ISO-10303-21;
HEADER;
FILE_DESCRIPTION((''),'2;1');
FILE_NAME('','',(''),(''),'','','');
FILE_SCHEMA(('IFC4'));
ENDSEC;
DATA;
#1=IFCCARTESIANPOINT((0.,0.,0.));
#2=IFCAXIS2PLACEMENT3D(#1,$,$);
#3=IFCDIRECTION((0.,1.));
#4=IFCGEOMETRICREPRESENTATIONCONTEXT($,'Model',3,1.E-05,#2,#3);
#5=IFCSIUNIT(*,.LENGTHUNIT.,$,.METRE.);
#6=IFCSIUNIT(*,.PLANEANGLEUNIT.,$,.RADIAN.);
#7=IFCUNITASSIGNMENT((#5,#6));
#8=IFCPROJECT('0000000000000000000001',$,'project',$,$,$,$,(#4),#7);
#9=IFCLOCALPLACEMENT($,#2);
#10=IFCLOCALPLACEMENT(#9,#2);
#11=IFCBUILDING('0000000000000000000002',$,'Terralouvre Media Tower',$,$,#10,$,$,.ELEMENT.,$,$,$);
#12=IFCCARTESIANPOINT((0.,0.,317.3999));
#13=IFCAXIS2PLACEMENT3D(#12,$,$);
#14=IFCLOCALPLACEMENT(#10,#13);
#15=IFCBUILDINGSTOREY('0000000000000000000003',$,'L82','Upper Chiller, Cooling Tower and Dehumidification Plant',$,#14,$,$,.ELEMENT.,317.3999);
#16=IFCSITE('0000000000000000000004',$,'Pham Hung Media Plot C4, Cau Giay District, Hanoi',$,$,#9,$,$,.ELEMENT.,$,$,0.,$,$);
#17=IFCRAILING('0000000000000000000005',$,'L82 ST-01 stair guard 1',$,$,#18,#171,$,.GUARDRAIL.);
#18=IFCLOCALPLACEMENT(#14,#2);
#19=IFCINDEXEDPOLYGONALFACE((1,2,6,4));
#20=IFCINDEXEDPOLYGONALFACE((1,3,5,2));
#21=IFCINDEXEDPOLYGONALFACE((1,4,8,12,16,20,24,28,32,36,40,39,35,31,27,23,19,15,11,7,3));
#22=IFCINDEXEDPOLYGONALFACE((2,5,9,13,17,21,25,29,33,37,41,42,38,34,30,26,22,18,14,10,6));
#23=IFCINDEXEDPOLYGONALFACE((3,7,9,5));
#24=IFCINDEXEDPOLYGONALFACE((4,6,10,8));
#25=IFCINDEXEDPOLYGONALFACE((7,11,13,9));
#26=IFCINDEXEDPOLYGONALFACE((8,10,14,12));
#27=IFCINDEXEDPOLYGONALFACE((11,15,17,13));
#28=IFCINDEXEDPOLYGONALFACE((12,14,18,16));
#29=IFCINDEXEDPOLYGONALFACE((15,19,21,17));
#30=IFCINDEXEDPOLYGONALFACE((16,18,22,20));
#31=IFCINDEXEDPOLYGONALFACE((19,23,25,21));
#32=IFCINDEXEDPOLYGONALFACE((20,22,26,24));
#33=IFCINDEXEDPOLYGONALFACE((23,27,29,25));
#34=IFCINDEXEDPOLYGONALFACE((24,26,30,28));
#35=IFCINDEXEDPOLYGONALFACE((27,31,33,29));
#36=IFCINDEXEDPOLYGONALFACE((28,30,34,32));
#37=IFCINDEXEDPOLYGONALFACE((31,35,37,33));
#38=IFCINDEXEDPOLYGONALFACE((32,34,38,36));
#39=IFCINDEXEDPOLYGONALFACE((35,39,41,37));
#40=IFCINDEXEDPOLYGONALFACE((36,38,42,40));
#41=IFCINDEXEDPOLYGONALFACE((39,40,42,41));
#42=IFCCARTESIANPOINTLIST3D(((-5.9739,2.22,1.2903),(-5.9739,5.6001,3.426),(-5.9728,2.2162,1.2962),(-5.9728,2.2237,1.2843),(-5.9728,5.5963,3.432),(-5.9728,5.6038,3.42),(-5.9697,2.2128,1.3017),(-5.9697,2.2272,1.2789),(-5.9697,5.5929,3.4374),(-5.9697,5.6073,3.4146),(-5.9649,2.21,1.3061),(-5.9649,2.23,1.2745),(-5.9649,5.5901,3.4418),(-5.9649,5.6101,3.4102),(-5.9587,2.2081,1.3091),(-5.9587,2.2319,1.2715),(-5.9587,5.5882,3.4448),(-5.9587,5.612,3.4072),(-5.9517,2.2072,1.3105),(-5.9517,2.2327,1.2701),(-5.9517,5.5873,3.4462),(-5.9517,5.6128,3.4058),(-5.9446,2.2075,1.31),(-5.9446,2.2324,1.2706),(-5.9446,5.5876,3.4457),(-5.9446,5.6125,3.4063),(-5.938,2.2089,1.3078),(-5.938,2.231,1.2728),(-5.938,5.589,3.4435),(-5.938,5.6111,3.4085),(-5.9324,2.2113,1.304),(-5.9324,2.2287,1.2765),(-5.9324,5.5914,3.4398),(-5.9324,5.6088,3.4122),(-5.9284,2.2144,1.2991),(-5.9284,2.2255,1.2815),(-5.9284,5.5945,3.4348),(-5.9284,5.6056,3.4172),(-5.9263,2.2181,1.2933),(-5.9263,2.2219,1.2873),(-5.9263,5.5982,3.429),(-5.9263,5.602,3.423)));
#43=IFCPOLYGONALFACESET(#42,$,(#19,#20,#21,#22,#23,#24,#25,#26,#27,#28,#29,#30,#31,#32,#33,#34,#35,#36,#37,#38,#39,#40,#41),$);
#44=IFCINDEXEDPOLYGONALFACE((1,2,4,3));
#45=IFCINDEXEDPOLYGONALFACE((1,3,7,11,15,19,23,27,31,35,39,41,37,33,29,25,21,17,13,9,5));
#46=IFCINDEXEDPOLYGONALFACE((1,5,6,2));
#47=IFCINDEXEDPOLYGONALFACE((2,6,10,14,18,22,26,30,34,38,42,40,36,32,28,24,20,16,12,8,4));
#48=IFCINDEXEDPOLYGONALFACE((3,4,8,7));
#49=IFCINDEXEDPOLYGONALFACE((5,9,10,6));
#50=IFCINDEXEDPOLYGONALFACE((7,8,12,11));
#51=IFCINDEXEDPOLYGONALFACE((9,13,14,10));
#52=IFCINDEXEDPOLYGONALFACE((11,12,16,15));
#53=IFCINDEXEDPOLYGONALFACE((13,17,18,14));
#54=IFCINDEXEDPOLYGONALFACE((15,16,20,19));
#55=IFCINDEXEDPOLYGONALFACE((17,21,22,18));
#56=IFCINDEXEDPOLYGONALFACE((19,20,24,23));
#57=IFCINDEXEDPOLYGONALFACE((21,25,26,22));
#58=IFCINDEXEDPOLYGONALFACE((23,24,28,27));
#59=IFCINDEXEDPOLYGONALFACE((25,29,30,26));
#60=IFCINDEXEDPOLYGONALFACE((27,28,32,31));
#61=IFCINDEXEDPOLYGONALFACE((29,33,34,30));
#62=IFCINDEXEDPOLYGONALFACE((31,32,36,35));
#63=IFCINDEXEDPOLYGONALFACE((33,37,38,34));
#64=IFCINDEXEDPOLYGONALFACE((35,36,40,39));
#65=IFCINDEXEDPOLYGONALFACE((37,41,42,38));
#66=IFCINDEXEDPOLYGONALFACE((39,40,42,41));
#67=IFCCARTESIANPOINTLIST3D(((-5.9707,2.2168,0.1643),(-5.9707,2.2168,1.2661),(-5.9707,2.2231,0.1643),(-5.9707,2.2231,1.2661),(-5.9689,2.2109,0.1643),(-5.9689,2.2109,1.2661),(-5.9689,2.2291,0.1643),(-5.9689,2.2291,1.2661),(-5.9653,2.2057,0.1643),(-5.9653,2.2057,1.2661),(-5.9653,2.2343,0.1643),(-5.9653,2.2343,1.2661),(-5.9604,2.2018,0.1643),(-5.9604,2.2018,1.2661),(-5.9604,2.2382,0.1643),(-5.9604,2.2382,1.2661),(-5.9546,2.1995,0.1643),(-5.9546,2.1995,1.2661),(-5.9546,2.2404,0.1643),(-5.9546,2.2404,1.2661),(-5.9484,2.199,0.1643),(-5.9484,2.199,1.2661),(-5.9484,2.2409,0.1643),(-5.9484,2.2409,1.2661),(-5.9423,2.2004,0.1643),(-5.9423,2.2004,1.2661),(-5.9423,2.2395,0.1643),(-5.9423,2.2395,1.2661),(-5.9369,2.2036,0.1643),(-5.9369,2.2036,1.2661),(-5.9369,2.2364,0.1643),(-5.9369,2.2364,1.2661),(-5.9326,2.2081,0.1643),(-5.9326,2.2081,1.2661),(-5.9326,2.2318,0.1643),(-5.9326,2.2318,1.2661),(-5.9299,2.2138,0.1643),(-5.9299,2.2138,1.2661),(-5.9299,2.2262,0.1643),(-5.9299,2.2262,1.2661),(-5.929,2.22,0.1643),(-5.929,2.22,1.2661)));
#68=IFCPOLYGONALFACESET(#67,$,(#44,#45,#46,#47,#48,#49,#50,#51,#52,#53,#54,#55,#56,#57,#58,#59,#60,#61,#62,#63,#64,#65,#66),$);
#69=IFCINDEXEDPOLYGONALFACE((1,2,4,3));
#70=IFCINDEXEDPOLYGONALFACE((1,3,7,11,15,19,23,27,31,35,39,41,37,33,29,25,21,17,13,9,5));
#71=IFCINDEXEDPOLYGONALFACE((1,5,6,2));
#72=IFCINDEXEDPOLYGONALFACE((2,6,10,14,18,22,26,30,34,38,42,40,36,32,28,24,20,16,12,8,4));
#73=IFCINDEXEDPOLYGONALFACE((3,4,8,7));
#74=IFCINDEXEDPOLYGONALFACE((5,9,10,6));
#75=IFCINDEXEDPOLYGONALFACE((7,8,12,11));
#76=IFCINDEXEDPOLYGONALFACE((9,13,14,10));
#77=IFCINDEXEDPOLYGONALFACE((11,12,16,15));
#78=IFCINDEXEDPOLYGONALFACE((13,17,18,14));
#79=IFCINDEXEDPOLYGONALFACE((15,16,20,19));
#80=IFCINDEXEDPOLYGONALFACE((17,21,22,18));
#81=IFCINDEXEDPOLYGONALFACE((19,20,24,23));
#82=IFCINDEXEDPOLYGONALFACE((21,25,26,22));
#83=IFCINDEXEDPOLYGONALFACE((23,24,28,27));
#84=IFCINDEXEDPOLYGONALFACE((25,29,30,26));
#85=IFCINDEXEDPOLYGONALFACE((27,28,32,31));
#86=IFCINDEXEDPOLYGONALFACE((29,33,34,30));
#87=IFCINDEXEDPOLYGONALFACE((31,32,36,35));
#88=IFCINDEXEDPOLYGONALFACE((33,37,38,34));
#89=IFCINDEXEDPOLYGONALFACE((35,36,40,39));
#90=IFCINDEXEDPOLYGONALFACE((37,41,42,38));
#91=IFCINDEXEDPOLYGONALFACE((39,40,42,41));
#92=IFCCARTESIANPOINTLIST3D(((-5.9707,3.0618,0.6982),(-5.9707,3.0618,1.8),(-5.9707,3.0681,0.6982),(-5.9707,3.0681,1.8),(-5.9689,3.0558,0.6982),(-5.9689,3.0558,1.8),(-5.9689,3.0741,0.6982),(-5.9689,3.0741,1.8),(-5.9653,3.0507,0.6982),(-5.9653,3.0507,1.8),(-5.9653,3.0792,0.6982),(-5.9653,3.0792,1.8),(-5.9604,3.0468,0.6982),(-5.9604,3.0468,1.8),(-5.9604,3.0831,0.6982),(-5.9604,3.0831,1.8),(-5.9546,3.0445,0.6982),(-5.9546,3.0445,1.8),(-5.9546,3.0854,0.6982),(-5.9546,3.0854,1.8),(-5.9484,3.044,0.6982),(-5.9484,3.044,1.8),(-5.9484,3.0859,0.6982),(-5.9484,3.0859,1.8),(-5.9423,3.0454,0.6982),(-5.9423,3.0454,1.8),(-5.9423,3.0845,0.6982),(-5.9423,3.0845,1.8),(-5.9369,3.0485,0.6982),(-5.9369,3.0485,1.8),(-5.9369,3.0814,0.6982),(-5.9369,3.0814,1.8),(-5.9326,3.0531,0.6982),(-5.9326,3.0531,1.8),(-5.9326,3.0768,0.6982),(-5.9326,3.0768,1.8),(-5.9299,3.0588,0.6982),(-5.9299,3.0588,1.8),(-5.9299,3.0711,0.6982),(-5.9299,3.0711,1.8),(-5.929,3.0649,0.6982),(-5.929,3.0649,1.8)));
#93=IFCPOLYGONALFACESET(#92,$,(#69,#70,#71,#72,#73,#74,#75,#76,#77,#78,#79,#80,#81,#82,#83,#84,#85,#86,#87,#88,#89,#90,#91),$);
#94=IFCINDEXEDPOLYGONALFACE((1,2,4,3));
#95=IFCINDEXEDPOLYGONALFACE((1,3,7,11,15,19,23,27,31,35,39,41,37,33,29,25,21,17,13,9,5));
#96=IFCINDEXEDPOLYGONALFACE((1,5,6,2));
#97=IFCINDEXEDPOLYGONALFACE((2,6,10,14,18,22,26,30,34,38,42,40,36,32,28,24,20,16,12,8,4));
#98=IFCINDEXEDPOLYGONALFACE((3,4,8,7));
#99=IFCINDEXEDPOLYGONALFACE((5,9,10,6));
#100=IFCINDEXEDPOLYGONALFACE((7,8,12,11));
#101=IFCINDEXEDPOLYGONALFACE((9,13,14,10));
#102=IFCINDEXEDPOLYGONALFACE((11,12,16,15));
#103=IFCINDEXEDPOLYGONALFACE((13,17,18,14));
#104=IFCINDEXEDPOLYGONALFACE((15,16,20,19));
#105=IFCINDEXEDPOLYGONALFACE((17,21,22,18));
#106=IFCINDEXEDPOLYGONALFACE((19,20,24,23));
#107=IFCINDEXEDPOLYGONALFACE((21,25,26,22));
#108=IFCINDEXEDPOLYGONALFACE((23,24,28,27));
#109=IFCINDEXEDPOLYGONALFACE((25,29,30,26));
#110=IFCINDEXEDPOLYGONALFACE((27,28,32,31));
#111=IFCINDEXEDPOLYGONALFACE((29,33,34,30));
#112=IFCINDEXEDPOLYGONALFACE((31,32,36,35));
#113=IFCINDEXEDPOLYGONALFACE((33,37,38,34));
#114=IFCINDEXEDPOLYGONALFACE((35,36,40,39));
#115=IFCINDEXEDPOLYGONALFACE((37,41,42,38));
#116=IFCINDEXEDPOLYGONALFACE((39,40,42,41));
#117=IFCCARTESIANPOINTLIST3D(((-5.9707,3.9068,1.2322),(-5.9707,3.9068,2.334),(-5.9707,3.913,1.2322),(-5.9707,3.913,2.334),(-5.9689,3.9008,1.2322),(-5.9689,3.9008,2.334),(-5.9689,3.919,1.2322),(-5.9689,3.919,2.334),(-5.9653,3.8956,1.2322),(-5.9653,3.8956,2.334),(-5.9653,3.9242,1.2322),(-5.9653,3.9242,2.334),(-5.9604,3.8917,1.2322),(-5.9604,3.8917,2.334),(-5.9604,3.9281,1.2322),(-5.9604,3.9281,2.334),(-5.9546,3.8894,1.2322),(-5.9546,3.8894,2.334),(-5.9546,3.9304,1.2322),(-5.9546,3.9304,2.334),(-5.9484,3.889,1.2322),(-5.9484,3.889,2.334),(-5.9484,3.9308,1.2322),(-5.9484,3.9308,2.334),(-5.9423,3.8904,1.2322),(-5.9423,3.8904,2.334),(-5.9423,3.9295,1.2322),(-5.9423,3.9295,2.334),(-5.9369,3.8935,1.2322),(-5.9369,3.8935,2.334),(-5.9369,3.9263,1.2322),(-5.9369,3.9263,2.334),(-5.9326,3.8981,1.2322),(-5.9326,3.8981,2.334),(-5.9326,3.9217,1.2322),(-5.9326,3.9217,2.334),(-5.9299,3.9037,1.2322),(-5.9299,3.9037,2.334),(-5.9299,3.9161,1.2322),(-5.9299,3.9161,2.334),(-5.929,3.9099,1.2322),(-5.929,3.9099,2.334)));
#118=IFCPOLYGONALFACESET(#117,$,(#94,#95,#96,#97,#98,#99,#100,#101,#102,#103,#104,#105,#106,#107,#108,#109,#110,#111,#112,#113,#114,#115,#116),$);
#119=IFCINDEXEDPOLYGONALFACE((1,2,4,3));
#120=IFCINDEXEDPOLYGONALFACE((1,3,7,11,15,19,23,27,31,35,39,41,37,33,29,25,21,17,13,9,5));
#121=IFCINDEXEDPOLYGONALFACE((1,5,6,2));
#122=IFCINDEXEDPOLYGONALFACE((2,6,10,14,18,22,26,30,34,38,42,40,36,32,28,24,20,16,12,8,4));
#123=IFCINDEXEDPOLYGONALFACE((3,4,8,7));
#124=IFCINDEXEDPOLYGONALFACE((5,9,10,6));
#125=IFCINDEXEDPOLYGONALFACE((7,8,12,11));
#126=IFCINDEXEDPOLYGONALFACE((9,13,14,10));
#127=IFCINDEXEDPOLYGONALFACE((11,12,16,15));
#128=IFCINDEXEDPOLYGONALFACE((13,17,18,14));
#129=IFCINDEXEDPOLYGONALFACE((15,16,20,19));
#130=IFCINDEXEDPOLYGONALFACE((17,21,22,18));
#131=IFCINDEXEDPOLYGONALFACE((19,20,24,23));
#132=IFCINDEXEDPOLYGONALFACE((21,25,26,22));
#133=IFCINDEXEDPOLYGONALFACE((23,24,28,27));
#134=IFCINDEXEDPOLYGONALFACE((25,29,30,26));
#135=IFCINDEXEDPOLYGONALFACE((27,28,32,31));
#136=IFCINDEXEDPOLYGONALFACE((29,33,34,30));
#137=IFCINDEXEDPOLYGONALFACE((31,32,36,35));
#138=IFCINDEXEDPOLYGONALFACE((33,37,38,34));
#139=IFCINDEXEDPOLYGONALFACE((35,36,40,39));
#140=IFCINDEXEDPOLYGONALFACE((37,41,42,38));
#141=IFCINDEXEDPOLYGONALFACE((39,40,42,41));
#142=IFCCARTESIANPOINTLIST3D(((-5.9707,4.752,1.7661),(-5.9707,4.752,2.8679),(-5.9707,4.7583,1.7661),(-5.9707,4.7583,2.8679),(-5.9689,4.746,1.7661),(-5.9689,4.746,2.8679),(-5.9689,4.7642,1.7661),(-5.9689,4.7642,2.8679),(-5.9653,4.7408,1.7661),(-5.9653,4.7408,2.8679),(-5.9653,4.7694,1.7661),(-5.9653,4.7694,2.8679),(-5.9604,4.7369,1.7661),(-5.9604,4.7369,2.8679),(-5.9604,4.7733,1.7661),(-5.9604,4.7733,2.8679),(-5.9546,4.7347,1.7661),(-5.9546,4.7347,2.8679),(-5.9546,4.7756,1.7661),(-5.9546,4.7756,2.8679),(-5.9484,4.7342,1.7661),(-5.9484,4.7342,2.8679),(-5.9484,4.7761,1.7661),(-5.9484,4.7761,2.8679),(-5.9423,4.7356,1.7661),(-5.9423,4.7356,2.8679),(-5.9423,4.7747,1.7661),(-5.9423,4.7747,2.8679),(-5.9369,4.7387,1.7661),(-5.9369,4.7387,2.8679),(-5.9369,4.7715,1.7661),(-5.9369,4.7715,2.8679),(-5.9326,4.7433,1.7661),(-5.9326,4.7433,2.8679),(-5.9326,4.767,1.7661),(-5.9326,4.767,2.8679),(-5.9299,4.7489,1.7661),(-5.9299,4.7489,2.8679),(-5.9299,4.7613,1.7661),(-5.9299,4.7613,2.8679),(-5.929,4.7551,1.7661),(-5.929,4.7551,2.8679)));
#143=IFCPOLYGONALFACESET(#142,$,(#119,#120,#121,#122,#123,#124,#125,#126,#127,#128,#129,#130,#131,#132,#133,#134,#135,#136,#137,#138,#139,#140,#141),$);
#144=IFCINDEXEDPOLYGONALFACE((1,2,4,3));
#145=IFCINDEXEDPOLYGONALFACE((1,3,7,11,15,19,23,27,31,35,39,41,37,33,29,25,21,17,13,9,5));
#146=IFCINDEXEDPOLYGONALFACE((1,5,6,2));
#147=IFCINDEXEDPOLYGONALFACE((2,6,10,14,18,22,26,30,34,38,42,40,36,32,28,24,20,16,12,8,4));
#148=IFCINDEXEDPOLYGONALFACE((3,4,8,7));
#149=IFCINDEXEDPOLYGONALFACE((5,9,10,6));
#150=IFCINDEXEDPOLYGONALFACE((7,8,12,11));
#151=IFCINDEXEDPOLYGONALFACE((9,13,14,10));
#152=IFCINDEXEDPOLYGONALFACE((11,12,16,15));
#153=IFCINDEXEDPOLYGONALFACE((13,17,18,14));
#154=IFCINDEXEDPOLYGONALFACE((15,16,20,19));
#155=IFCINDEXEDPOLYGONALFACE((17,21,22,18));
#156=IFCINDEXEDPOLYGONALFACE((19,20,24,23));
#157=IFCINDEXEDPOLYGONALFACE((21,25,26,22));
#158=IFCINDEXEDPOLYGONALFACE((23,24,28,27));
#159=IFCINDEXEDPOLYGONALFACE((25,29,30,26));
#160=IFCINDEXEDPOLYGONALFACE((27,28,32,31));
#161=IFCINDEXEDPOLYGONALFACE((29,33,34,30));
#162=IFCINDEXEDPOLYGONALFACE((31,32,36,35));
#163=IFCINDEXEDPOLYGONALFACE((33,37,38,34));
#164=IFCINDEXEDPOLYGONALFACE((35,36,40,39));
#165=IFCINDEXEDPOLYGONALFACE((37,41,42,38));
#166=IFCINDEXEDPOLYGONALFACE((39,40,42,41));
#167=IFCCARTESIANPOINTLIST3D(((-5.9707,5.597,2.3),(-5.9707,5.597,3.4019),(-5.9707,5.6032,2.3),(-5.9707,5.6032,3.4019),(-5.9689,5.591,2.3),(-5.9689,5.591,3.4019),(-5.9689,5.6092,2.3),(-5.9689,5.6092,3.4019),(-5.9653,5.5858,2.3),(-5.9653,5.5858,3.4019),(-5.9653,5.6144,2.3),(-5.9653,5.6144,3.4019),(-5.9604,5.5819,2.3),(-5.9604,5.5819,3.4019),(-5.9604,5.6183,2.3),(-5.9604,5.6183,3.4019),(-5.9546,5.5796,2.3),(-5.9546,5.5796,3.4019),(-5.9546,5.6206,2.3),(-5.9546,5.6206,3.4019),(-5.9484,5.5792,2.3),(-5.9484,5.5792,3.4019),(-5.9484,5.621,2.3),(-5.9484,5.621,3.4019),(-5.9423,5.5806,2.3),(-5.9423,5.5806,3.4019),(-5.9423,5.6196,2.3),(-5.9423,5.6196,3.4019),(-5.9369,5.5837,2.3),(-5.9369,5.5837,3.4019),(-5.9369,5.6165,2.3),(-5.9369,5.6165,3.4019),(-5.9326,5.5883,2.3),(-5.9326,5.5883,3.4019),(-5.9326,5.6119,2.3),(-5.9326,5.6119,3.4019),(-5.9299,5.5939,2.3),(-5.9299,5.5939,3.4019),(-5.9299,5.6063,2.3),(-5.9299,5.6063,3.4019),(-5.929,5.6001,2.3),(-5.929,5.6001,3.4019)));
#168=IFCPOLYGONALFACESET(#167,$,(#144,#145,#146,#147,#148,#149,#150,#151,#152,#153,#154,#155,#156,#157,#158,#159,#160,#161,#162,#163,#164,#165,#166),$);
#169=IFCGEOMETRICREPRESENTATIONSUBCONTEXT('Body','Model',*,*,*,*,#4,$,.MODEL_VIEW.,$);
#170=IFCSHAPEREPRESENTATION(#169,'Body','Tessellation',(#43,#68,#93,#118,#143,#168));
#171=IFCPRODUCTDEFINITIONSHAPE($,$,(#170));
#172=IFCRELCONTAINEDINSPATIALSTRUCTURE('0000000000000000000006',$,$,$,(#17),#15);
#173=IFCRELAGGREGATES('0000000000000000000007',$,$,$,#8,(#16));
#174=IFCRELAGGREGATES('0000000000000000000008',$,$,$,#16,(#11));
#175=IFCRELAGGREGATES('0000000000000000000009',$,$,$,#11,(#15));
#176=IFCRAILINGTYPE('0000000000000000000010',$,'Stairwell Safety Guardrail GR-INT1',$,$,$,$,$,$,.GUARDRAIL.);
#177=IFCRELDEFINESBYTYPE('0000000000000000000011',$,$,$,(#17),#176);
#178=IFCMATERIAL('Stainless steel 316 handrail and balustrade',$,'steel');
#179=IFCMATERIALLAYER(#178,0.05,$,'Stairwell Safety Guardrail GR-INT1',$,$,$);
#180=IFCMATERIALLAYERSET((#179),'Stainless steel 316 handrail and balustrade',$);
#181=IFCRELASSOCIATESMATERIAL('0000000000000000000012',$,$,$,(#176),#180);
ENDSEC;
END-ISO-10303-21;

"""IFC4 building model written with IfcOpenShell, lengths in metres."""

from ifc_helpers import new_model, si_unit, direction, frame, origin, origin_2d, place, context, subcontext, project, spatial, circle, extrude, material, layer, layer_set, type_object, element, save


model = new_model("IFC4")

# Units and contexts
model_context = context("Model", 3, precision=1e-05, world=origin(), true_north=direction((0.0, 1.0)))
body_context = subcontext(model_context, "Body", "Model", "MODEL_VIEW")
ifc_project = project(units=[si_unit("LENGTHUNIT", "METRE"), si_unit("PLANEANGLEUNIT", "RADIAN")], contexts=[model_context])

# Site, building, storey
site_placement = place(None, origin())
site = spatial("IfcSite", under=ifc_project, at=site_placement, Name="Pham Hung Media Plot C4, Cau Giay District, Hanoi", CompositionType="ELEMENT", RefElevation=0.0)
building_placement = place(site_placement, origin())
building = spatial("IfcBuilding", under=site, at=building_placement, Name="Terralouvre Media Tower", CompositionType="ELEMENT")
storey_placement = place(building_placement, frame((0.0, 0.0, 317.3999)))
storey = spatial("IfcBuildingStorey", under=building, at=storey_placement, Name="L82", Description="Upper Chiller, Cooling Tower and Dehumidification Plant", CompositionType="ELEMENT", Elevation=317.3999)

# Railing
ifc_material_1 = material(Name="Stainless steel 316 handrail and balustrade", Category="steel")
ifc_layer_1 = layer(ifc_material_1, 0.05, Name="Stairwell Safety Guardrail GR-INT1")
ifc_layer_set_1 = layer_set([ifc_layer_1], Name="Stainless steel 316 handrail and balustrade")
railing_type_1 = type_object("IfcRailingType", Name="Stairwell Safety Guardrail GR-INT1", PredefinedType="GUARDRAIL", material=ifc_layer_set_1)
railing_1_placement = place(storey_placement, frame((-5.95, 2.22, 0.1643)))
element("IfcRailing", 1, at=railing_1_placement, inside=storey, type_object=railing_type_1, Name="L82 ST-01 stair guard 1", PredefinedType="GUARDRAIL", context=body_context, shape_type="SweptSolid", body=[
    extrude(circle(Radius=0.0239, at=origin_2d()), frame((0.0, 0.0, 1.126), z_axis=(0.0, 0.845384, 0.534158), x_axis=(-1.0, 0.0, 0.0)), (0.0, 0.0, 1.0), 3.9983),
    extrude(circle(Radius=0.021, at=origin_2d()), origin(), (0.0, 0.0, 1.0), 1.1018),
    extrude(circle(Radius=0.021, at=origin_2d()), frame((0.0, 0.845, 0.5339)), (0.0, 0.0, 1.0), 1.1018),
    extrude(circle(Radius=0.021, at=origin_2d()), frame((0.0, 1.6899, 1.0679)), (0.0, 0.0, 1.0), 1.1018),
    extrude(circle(Radius=0.021, at=origin_2d()), frame((0.0, 2.5352, 1.6018)), (0.0, 0.0, 1.0), 1.1018),
    extrude(circle(Radius=0.021, at=origin_2d()), frame((0.0, 3.3801, 2.1357)), (0.0, 0.0, 1.0), 1.1018),
])

save(model, "model.ifc")
